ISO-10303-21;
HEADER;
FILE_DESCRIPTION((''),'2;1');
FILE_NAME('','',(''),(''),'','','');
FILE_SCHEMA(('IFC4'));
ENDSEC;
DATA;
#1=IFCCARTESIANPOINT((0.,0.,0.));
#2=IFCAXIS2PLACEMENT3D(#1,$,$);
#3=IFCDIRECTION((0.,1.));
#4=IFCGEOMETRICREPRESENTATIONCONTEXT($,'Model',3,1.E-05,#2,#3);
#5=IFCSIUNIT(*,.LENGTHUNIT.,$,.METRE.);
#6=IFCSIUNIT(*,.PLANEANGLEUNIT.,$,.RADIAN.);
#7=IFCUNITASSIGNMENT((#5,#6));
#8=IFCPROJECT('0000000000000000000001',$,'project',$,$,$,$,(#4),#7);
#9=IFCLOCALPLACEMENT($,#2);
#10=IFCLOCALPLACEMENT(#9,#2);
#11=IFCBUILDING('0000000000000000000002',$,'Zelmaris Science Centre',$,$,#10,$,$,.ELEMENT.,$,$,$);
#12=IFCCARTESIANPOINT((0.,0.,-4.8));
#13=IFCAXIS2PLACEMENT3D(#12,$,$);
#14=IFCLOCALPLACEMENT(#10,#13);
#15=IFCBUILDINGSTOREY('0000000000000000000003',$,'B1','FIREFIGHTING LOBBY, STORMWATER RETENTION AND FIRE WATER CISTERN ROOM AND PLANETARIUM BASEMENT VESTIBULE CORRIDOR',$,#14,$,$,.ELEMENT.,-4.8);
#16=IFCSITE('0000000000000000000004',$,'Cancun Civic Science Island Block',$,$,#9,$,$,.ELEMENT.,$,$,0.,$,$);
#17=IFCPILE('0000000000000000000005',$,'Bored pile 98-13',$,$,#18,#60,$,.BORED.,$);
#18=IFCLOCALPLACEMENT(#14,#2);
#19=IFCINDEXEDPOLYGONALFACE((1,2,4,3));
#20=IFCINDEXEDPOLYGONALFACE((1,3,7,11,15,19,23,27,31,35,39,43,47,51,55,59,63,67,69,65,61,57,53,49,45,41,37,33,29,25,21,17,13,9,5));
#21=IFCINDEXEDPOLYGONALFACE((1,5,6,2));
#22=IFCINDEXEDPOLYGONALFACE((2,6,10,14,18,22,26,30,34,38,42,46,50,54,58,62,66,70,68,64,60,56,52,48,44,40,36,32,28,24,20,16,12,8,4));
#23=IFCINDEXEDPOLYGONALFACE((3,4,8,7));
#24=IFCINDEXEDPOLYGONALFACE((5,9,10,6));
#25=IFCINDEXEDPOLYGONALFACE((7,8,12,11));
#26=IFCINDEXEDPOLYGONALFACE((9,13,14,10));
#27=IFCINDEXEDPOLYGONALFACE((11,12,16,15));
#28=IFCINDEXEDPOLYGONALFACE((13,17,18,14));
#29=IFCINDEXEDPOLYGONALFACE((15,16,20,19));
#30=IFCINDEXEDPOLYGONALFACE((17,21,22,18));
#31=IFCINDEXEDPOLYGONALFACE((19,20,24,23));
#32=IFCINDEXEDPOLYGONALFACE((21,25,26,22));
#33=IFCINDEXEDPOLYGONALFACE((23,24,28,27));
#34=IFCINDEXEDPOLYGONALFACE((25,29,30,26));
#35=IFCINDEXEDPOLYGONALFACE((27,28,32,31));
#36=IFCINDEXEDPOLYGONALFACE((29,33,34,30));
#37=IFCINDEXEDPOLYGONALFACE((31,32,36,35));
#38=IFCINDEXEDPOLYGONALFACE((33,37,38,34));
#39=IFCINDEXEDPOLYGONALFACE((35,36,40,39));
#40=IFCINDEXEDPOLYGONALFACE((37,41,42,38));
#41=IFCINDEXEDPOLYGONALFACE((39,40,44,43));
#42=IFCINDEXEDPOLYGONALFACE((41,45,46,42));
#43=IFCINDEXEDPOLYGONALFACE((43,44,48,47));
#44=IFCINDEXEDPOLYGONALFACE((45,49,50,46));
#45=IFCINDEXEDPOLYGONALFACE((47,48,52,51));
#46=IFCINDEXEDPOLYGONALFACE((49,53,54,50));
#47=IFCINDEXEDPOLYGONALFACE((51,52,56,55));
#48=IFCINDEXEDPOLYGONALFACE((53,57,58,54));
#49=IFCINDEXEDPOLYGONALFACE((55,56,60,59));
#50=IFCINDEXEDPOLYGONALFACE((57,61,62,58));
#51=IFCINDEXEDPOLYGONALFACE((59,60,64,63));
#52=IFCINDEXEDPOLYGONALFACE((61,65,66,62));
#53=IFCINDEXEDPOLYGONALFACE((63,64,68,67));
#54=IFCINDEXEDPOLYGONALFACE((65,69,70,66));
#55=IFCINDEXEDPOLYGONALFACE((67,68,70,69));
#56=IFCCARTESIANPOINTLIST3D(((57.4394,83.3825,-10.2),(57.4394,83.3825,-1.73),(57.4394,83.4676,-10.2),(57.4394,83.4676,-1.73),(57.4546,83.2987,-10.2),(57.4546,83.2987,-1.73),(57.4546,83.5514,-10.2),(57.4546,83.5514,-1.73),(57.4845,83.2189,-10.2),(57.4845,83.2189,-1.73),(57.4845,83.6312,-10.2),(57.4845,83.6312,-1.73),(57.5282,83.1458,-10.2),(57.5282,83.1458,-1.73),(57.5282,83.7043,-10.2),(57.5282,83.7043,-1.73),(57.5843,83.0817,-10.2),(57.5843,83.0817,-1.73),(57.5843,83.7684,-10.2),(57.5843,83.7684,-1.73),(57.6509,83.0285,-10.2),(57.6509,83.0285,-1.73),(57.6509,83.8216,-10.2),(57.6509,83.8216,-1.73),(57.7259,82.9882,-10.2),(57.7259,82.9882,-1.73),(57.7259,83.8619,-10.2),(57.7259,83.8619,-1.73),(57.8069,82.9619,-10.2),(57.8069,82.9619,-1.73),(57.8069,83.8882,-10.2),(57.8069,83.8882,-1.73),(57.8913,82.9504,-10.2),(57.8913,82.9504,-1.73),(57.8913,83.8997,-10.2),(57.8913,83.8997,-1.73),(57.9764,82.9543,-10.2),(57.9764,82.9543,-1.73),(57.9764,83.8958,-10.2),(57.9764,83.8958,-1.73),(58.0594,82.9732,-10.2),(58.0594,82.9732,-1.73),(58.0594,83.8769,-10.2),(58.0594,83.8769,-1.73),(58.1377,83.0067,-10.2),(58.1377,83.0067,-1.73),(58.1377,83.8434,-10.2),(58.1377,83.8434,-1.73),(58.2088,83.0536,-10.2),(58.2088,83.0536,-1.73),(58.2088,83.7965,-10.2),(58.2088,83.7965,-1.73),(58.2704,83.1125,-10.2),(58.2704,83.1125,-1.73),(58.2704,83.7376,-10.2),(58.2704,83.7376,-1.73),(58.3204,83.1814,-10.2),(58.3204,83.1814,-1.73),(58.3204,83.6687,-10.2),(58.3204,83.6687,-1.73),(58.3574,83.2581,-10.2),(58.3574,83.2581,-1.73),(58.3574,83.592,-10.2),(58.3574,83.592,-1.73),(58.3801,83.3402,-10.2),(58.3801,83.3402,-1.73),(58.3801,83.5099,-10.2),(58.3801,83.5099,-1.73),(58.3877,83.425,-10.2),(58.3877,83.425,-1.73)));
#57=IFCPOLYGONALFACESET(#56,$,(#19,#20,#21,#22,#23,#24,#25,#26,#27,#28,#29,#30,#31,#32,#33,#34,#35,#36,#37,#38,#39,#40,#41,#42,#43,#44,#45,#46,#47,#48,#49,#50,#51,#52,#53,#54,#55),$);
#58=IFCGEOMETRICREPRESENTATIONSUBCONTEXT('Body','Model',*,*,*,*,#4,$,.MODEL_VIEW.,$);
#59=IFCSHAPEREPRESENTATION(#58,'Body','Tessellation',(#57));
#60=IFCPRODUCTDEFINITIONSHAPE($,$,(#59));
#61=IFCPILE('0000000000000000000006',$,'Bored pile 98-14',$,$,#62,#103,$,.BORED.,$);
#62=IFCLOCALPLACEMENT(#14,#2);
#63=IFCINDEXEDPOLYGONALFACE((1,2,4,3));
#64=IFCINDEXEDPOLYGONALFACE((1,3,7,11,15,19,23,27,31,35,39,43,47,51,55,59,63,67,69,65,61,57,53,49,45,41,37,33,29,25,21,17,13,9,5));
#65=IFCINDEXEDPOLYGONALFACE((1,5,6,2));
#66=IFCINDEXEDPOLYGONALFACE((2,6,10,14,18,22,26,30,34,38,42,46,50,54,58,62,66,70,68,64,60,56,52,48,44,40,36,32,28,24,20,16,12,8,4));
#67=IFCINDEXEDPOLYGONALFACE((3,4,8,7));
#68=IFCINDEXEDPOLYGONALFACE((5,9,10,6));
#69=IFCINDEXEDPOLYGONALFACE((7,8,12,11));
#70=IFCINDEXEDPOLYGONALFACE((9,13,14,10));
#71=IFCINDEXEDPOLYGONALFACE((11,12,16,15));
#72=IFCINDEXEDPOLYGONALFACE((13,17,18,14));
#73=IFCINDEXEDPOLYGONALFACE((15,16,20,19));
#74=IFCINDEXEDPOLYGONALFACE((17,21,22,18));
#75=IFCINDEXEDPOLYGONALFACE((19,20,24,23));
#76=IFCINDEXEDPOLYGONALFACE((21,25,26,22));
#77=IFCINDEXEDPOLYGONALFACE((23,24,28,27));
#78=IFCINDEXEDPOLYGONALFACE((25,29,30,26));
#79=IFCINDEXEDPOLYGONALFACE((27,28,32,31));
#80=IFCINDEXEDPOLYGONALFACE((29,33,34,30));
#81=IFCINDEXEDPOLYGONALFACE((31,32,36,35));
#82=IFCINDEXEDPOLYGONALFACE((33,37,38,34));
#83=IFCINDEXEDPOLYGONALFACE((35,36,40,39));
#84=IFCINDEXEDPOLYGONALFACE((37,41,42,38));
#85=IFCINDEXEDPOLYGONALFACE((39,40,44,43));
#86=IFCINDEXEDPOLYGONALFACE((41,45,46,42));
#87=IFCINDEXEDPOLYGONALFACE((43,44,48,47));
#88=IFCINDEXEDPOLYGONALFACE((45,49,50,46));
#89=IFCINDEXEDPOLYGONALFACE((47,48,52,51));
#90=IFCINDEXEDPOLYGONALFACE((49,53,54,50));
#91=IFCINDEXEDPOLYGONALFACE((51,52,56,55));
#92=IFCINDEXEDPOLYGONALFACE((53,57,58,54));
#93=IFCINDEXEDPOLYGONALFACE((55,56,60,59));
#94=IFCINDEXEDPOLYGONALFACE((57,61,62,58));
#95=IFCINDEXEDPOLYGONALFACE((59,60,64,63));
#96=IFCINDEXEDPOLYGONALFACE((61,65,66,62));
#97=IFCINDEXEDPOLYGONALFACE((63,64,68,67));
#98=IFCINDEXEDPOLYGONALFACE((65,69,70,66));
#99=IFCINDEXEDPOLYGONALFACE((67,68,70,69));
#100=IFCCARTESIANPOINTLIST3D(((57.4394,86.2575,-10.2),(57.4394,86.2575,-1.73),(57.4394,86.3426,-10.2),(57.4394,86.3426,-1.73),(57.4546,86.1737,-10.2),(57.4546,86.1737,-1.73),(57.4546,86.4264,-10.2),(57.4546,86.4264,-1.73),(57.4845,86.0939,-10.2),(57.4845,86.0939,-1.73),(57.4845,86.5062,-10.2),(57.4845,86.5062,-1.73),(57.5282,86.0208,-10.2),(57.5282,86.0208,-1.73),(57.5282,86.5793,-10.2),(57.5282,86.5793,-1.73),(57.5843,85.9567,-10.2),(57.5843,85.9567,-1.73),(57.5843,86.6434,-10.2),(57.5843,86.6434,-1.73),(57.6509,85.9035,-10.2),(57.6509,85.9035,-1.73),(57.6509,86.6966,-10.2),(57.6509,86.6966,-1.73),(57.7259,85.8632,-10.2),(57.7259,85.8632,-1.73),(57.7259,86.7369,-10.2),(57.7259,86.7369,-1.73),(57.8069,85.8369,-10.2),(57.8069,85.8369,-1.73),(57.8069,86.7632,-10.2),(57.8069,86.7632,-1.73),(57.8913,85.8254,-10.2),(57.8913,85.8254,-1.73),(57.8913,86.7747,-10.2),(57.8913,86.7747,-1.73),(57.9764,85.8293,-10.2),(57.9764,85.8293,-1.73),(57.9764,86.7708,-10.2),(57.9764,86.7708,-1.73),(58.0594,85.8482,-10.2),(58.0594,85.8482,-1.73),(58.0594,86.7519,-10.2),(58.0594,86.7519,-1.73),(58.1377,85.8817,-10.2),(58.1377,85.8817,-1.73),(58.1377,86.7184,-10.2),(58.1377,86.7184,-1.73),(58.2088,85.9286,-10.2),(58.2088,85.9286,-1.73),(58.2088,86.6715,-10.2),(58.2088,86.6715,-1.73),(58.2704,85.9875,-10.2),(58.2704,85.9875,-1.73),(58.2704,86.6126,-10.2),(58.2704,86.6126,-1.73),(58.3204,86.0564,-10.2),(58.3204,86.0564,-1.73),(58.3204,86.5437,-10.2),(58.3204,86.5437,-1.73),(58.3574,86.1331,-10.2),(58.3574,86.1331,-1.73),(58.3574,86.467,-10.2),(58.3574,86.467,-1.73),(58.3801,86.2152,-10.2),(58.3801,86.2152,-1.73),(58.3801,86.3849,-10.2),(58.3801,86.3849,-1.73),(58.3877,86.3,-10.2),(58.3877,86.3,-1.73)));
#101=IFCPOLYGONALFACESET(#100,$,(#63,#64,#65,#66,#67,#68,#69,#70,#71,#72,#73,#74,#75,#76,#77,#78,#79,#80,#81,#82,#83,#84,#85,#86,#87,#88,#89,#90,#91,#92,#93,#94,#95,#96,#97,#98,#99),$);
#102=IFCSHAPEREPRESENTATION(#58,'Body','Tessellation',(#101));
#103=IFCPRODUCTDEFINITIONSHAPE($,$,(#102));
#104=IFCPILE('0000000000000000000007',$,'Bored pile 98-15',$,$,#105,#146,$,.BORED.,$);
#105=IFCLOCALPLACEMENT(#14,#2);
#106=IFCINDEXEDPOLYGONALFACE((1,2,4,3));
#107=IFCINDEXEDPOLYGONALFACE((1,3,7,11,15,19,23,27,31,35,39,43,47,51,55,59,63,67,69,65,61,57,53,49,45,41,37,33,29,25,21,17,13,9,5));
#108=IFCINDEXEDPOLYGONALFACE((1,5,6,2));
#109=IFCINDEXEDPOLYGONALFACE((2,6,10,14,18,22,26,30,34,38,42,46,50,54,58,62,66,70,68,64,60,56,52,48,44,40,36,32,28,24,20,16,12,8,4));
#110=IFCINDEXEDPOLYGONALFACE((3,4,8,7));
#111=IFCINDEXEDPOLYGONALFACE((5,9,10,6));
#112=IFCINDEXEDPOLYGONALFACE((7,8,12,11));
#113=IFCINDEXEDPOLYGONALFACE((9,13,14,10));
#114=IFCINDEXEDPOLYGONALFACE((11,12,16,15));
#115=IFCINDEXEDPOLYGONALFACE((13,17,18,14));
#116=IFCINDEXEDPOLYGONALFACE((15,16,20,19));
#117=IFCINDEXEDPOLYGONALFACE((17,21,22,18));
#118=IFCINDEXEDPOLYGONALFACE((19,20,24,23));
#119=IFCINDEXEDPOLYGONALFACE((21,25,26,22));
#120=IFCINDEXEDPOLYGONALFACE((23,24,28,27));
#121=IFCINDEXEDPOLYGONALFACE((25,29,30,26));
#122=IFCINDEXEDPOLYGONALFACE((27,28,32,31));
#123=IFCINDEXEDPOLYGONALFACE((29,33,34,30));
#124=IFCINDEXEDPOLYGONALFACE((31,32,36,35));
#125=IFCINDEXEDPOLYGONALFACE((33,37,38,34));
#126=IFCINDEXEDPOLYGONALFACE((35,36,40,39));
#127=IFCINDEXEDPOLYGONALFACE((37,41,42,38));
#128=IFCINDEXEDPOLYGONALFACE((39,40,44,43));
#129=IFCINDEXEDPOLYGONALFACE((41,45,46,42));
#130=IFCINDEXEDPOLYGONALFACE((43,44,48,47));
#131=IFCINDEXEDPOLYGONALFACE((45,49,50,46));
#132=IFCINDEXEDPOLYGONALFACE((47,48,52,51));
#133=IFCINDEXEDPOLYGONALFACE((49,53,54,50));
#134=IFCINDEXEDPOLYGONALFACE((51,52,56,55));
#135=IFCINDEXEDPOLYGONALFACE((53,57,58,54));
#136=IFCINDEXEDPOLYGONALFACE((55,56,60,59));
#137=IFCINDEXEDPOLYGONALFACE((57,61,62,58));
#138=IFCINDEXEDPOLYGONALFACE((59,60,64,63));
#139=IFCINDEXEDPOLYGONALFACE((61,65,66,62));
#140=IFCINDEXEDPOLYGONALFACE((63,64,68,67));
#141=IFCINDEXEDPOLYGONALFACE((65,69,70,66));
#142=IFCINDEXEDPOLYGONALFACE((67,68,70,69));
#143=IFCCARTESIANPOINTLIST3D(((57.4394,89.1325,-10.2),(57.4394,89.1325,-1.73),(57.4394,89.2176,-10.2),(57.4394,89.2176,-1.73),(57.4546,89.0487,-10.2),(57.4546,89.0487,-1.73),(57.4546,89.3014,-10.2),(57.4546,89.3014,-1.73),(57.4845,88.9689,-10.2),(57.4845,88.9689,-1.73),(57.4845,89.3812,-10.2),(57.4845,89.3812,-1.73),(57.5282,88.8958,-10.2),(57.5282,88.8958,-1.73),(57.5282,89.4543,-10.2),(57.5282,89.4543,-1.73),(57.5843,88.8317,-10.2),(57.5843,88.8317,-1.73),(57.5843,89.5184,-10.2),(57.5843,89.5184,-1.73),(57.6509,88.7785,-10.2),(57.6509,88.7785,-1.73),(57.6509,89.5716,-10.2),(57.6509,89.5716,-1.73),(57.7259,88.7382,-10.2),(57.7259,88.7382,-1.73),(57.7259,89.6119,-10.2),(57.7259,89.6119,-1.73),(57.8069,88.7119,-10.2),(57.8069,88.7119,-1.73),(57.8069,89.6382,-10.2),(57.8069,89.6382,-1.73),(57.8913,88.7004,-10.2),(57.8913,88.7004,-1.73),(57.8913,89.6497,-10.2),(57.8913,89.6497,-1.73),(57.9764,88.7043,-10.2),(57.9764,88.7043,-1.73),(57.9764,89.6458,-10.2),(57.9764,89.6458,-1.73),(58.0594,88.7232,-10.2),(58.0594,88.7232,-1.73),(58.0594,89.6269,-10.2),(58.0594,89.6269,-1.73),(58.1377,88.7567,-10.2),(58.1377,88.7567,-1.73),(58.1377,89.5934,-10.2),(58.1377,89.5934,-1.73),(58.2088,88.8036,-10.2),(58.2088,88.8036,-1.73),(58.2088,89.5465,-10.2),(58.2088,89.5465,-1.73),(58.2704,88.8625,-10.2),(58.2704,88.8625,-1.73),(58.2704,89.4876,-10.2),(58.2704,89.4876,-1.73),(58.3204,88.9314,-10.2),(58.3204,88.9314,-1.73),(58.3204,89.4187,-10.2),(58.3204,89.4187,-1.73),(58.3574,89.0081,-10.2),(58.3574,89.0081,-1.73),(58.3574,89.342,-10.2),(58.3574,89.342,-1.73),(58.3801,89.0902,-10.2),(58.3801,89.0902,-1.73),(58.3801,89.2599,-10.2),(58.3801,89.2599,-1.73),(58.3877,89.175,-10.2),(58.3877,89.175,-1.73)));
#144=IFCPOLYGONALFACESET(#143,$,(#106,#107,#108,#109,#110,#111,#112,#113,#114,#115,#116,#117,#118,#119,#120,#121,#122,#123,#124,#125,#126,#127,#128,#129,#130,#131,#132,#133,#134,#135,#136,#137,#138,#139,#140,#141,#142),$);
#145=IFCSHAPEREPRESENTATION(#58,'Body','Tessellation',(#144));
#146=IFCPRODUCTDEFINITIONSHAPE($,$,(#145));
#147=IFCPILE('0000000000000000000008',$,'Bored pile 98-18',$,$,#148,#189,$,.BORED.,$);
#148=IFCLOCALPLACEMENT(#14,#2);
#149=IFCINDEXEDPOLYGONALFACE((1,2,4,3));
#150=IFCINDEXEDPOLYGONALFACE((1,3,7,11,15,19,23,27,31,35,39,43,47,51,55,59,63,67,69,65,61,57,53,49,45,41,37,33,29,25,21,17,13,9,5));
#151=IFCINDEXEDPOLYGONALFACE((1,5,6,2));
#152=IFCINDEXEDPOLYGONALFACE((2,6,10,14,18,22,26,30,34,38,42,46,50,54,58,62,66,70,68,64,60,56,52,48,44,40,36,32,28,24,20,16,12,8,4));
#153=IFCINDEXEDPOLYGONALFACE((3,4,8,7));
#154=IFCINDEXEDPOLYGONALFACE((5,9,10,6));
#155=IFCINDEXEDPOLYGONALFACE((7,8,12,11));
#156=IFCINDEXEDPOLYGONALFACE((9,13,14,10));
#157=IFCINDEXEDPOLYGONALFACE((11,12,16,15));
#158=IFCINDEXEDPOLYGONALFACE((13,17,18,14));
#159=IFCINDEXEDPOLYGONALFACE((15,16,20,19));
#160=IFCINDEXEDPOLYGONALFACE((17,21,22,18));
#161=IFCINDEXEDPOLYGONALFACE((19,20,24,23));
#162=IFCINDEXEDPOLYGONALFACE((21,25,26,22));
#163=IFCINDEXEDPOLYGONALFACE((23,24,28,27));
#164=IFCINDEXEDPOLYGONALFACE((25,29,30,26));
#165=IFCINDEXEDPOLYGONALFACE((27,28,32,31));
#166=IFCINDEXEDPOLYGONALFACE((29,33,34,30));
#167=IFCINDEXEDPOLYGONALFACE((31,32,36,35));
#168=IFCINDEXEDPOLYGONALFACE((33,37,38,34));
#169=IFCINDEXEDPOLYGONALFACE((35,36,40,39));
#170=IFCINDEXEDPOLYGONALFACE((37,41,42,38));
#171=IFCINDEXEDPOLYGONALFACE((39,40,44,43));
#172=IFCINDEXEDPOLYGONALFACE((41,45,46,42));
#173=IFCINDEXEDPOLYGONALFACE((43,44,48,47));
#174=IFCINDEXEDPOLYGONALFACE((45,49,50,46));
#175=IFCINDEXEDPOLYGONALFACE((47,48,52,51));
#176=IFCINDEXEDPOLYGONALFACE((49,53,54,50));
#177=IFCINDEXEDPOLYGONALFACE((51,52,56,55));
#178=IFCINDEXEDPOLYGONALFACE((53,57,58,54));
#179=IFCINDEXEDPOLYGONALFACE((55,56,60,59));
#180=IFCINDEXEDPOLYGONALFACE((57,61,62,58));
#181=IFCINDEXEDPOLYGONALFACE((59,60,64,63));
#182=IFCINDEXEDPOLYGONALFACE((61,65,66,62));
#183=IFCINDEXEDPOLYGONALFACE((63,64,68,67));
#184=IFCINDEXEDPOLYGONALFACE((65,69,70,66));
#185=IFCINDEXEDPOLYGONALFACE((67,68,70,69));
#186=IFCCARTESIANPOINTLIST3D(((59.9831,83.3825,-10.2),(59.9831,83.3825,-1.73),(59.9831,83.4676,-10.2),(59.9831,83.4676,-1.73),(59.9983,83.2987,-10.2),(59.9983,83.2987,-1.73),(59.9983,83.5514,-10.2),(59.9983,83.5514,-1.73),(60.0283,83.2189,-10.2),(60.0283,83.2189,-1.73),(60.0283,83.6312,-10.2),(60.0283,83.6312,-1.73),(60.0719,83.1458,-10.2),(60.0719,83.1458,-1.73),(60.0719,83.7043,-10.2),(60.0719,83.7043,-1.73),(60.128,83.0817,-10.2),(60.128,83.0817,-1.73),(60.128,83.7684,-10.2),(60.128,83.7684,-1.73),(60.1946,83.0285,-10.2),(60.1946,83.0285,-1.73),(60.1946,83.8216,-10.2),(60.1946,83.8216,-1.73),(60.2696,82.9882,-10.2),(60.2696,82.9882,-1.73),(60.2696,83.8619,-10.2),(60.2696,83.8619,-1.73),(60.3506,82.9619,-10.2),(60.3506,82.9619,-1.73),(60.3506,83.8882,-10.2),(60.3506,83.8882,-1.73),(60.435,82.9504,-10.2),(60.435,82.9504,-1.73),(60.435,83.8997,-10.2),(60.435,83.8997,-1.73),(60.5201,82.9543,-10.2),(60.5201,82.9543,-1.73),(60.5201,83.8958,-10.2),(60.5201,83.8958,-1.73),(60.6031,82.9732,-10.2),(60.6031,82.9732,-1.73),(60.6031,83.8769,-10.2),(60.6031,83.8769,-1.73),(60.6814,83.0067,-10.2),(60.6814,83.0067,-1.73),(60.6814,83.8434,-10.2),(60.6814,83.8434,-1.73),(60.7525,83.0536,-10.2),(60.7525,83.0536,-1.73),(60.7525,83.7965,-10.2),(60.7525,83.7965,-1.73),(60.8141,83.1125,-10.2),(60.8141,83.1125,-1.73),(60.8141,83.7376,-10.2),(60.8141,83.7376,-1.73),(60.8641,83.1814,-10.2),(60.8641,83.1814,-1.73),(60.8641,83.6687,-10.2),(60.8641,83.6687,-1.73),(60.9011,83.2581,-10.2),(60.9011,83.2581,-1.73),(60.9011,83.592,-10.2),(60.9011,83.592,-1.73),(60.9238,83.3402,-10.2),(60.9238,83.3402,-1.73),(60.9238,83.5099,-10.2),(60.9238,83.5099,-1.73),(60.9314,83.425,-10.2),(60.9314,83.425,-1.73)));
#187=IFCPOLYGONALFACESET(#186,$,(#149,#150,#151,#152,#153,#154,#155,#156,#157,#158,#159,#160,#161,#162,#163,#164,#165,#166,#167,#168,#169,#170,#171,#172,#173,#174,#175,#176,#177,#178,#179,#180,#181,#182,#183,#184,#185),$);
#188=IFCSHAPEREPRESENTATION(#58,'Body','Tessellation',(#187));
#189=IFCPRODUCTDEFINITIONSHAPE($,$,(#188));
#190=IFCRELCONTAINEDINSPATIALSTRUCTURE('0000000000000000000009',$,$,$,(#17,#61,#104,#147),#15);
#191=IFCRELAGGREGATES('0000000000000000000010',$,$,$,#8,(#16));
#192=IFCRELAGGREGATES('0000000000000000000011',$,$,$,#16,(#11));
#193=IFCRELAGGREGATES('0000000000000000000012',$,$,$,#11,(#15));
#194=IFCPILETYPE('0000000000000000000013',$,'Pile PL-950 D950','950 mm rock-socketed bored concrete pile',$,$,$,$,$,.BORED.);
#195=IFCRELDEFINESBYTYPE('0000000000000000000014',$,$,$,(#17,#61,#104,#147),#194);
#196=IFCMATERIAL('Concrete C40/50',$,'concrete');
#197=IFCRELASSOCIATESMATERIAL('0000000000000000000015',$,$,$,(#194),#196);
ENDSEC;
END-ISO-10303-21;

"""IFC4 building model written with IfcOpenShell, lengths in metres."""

from ifc_helpers import new_model, si_unit, direction, frame, origin, origin_2d, place, context, subcontext, project, spatial, circle, extrude, material, material_profile, profile_set, type_object, element, save


model = new_model("IFC4")

# Units and contexts
model_context = context("Model", 3, precision=1e-05, world=origin(), true_north=direction((0.0, 1.0)))
body_context = subcontext(model_context, "Body", "Model", "MODEL_VIEW")
ifc_project = project(units=[si_unit("LENGTHUNIT", "METRE"), si_unit("PLANEANGLEUNIT", "RADIAN")], contexts=[model_context])

# Site, building, storey
site_placement = place(None, origin())
site = spatial("IfcSite", under=ifc_project, at=site_placement, Name="Cancun Civic Science Island Block", CompositionType="ELEMENT", RefElevation=0.0)
building_placement = place(site_placement, origin())
building = spatial("IfcBuilding", under=site, at=building_placement, Name="Zelmaris Science Centre", CompositionType="ELEMENT")
storey_placement = place(building_placement, frame((0.0, 0.0, -4.8)))
storey = spatial("IfcBuildingStorey", under=building, at=storey_placement, Name="B1", Description="FIREFIGHTING LOBBY, STORMWATER RETENTION AND FIRE WATER CISTERN ROOM AND PLANETARIUM BASEMENT VESTIBULE CORRIDOR", CompositionType="ELEMENT", Elevation=-4.8)

# Piles
ifc_material_1 = material(Name="Concrete C40/50", Category="concrete")
ifc_material_profile_1 = material_profile(ifc_material_1, circle(Radius=0.4751, at=origin_2d()), Name="PILE-950")
ifc_profile_set_1 = profile_set([ifc_material_profile_1], Name="Concrete C40/50")
pile_type = type_object("IfcPileType", Name="Pile PL-950 D950", Description="950 mm rock-socketed bored concrete pile", PredefinedType="BORED", material=ifc_profile_set_1)
for number, where, z_axis, x_axis, name in (
    (1, (57.9126, 83.425, -1.73), (0.0, 0.0, -1.0), (1.0, 0.0, 0.0), "Bored pile 98-13"),
    (2, (57.9126, 86.3, -1.73), (0.0, 0.0, -1.0), (1.0, 0.0, 0.0), "Bored pile 98-14"),
    (3, (57.9126, 89.175, -1.73), (0.0, 0.0, -1.0), (1.0, 0.0, 0.0), "Bored pile 98-15"),
    (4, (60.4563, 83.425, -1.73), (0.0, 0.0, -1.0), (1.0, 0.0, 0.0), "Bored pile 98-18"),
):
    element("IfcPile", number, at=place(storey_placement, frame(where, z_axis=z_axis, x_axis=x_axis)), inside=storey, type_object=pile_type, Name=name, PredefinedType="BORED", context=body_context, shape_type="SweptSolid", body=[
        extrude(circle(Radius=0.4751, at=origin_2d()), origin(), (0.0, 0.0, 1.0), 8.47),
    ])

save(model, "model.ifc")
